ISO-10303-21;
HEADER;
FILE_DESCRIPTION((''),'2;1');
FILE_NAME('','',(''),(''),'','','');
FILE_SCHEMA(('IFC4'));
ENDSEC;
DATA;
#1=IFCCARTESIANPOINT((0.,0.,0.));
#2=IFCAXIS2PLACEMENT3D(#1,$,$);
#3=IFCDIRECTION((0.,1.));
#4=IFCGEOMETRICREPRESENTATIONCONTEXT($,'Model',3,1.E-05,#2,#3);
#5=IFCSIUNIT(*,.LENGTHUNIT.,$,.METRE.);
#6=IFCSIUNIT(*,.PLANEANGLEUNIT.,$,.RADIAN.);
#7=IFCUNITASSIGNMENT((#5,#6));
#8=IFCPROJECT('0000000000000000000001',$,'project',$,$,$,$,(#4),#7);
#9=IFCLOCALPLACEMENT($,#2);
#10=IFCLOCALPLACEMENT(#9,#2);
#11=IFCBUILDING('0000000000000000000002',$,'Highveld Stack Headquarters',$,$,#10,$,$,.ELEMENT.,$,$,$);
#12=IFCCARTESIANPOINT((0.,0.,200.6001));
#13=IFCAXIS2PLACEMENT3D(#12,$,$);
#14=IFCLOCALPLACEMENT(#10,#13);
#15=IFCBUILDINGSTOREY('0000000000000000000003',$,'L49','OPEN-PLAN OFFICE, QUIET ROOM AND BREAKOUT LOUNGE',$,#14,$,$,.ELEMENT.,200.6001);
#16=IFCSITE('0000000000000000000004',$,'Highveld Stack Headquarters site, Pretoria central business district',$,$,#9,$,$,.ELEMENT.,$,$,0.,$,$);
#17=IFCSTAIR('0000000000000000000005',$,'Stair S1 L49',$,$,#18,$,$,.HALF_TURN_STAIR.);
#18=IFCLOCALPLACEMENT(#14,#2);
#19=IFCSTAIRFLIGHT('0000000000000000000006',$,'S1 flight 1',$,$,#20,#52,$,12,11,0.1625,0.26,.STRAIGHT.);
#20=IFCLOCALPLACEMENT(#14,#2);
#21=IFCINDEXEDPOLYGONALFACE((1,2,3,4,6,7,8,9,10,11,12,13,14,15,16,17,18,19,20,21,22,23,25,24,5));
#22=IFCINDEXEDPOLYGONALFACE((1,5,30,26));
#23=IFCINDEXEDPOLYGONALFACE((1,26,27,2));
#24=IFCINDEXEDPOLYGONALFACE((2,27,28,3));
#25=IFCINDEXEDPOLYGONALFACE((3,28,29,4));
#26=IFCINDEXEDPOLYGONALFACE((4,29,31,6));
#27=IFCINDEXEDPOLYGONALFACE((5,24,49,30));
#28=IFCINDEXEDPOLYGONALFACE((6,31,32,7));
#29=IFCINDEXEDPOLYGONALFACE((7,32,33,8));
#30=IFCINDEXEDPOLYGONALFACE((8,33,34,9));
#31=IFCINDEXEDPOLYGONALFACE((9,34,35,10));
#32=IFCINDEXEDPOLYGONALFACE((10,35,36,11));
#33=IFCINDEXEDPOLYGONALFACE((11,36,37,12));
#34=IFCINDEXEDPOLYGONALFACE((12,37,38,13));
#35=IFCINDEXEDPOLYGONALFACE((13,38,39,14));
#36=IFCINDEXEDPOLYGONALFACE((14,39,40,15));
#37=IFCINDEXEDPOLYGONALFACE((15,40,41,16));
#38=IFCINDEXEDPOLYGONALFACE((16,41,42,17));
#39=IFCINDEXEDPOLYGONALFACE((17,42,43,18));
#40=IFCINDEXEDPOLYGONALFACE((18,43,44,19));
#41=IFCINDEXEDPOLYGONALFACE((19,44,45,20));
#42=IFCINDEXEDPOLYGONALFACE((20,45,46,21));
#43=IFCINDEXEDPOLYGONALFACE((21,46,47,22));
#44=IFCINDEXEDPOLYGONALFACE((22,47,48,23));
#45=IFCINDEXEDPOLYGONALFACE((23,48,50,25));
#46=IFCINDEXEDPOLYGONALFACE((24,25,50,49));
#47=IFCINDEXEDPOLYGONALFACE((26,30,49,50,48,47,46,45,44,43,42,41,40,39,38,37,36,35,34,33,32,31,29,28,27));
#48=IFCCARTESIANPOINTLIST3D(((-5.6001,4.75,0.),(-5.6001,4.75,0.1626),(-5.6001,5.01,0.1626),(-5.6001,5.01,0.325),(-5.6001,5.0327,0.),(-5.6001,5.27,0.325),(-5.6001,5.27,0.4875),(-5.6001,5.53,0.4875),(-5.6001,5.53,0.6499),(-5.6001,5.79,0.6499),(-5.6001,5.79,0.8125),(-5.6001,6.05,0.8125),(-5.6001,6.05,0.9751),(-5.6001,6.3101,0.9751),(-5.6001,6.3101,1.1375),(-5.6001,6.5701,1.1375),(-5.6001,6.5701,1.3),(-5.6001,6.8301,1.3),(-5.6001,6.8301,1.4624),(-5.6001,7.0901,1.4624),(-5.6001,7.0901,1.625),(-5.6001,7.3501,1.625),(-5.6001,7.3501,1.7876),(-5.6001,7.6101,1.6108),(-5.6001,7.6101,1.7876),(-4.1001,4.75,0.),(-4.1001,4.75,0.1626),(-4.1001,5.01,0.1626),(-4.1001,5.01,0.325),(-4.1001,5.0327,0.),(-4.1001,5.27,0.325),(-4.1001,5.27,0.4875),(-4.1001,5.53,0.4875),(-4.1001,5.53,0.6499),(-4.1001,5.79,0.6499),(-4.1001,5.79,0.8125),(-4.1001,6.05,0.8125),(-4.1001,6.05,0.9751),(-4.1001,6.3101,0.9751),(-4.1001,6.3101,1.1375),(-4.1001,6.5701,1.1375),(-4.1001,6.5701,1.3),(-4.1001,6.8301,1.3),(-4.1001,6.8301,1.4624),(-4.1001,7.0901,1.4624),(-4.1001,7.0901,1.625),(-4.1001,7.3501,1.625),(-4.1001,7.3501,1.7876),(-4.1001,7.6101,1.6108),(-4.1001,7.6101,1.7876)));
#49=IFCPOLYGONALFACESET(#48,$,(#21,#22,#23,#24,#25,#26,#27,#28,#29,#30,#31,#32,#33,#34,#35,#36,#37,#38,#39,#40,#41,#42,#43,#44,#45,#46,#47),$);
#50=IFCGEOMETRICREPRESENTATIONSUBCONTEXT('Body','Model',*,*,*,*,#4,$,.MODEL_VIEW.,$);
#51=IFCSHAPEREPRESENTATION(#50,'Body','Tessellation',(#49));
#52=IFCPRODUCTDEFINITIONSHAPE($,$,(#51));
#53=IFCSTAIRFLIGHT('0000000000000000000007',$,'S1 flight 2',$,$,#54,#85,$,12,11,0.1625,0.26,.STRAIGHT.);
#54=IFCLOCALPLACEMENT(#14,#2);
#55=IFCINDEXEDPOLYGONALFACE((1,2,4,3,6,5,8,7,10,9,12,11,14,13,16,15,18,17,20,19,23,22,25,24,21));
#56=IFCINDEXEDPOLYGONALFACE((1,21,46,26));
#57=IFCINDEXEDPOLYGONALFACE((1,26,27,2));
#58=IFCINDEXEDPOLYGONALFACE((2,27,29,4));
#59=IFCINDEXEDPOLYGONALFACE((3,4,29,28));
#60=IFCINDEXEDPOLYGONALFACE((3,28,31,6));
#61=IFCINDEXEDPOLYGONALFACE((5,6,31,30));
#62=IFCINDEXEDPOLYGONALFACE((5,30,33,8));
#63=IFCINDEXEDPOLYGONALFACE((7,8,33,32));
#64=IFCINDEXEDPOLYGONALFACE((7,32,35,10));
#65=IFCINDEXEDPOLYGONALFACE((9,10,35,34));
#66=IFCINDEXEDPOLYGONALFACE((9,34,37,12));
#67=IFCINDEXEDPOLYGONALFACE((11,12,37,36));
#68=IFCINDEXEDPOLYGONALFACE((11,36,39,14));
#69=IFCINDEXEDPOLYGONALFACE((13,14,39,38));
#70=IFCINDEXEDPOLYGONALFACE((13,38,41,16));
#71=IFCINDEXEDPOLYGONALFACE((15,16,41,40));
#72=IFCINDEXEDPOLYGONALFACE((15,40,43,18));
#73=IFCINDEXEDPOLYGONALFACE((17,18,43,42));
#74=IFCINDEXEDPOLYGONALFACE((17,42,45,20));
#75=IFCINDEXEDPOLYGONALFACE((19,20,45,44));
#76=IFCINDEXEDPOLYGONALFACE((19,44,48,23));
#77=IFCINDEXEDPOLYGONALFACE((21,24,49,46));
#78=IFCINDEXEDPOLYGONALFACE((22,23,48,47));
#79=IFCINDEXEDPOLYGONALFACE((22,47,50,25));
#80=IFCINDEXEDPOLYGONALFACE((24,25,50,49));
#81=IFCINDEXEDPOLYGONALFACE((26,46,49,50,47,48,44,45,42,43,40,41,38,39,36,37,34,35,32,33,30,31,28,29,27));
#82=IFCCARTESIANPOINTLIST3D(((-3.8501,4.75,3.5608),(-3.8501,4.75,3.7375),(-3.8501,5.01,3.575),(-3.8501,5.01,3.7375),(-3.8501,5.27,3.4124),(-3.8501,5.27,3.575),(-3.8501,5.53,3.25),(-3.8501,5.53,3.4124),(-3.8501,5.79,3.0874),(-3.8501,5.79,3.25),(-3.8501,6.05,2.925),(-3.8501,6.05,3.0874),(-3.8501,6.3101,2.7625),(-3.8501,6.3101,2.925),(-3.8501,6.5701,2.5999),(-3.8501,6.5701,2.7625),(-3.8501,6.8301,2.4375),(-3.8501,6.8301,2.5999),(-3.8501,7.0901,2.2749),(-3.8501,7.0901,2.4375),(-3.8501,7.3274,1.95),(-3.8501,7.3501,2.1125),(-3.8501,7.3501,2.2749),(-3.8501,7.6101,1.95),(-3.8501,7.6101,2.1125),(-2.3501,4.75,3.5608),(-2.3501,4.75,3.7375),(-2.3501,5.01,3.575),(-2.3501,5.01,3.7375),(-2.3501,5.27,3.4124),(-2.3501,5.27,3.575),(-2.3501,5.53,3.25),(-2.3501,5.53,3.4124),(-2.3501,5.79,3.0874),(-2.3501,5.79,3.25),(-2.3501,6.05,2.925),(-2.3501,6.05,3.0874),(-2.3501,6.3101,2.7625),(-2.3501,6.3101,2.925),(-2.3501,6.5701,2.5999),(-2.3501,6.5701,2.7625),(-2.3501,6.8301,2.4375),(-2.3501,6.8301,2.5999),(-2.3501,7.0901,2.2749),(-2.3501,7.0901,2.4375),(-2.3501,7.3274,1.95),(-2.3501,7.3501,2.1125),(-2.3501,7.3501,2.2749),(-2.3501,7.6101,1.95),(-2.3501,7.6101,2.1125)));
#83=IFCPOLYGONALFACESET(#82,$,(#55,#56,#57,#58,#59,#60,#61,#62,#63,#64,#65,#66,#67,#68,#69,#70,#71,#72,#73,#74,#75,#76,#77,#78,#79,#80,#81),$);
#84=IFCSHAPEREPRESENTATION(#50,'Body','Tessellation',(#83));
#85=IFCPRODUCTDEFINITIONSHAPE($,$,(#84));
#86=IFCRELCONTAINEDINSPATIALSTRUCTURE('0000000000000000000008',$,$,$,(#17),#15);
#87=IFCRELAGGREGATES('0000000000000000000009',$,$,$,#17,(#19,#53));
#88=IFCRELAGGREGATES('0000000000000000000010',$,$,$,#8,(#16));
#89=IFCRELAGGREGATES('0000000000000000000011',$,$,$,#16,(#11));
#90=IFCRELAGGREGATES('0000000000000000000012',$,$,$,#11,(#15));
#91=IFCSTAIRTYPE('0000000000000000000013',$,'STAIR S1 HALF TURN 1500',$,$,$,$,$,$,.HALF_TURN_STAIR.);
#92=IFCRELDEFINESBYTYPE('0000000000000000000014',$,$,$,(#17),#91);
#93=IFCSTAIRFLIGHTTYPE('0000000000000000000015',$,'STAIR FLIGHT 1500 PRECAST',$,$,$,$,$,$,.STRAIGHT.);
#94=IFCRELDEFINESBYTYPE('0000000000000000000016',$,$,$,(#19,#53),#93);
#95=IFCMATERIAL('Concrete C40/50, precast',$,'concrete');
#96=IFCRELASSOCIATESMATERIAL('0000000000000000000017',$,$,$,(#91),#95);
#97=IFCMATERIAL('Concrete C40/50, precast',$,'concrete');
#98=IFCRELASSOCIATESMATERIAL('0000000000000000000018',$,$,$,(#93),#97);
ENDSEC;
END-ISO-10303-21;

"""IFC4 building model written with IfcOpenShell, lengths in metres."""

from ifc_helpers import new_model, si_unit, direction, frame, origin, place, context, subcontext, project, spatial, polyline, outline, extrude, material, type_object, element, aggregate, save


model = new_model("IFC4")

# Units and contexts
model_context = context("Model", 3, precision=1e-05, world=origin(), true_north=direction((0.0, 1.0)))
body_context = subcontext(model_context, "Body", "Model", "MODEL_VIEW")
ifc_project = project(units=[si_unit("LENGTHUNIT", "METRE"), si_unit("PLANEANGLEUNIT", "RADIAN")], contexts=[model_context])

# Site, building, storey
site_placement = place(None, origin())
site = spatial("IfcSite", under=ifc_project, at=site_placement, Name="Highveld Stack Headquarters site, Pretoria central business district", CompositionType="ELEMENT", RefElevation=0.0)
building_placement = place(site_placement, origin())
building = spatial("IfcBuilding", under=site, at=building_placement, Name="Highveld Stack Headquarters", CompositionType="ELEMENT")
storey_placement = place(building_placement, frame((0.0, 0.0, 200.6001)))
storey = spatial("IfcBuildingStorey", under=building, at=storey_placement, Name="L49", Description="OPEN-PLAN OFFICE, QUIET ROOM AND BREAKOUT LOUNGE", CompositionType="ELEMENT", Elevation=200.6001)

# Stair, stair flights
ifc_material_1 = material(Name="Concrete C40/50, precast", Category="concrete")
stair_type = type_object("IfcStairType", Name="STAIR S1 HALF TURN 1500", PredefinedType="HALF_TURN_STAIR", material=ifc_material_1)
stair_placement = place(storey_placement, origin())
stair = element("IfcStair", 1, at=stair_placement, inside=storey, type_object=stair_type, Name="Stair S1 L49", PredefinedType="HALF_TURN_STAIR")
ifc_material_2 = material(Name="Concrete C40/50, precast", Category="concrete")
stair_flight_type = type_object("IfcStairFlightType", Name="STAIR FLIGHT 1500 PRECAST", PredefinedType="STRAIGHT", material=ifc_material_2)
stair_flight_1_placement = place(storey_placement, frame((-4.8501, 4.75, 0.0), z_axis=(0.0, 0.0, 1.0), x_axis=(0.0, 1.0, 0.0)))
stair_flight_1 = element("IfcStairFlight", 2, at=stair_flight_1_placement, type_object=stair_flight_type, Name="S1 flight 1", NumberOfRisers=12, NumberOfTreads=11, PredefinedType="STRAIGHT", RiserHeight=0.1625, TreadLength=0.26, context=body_context, shape_type="SweptSolid", body=[
    extrude(outline(polyline([(0.0, 0.0), (0.0, 0.1626), (0.26, 0.1626), (0.26, 0.325), (0.52, 0.325), (0.52, 0.4875), (0.78, 0.4875), (0.78, 0.6499), (1.04, 0.6499), (1.04, 0.8125), (1.3, 0.8125), (1.3, 0.9751), (1.5601, 0.9751), (1.5601, 1.1375), (1.8201, 1.1375), (1.8201, 1.3), (2.0801, 1.3), (2.0801, 1.4624), (2.3401, 1.4624), (2.3401, 1.625), (2.6001, 1.625), (2.6001, 1.7876), (2.8601, 1.7876), (2.8601, 1.95), (2.8601, 1.6108), (0.2827, 0.0), (0.0, 0.0)])), frame((0.0, 0.75, 0.0), z_axis=(0.0, -1.0, 0.0), x_axis=(1.0, 0.0, 0.0)), (0.0, 0.0, 1.0), 1.5),
])
stair_flight_2_placement = place(storey_placement, frame((-3.1001, 7.6101, 1.95), z_axis=(0.0, 0.0, 1.0), x_axis=(0.0, -1.0, 0.0)))
stair_flight_2 = element("IfcStairFlight", 3, at=stair_flight_2_placement, type_object=stair_flight_type, Name="S1 flight 2", NumberOfRisers=12, NumberOfTreads=11, PredefinedType="STRAIGHT", RiserHeight=0.1625, TreadLength=0.26, context=body_context, shape_type="SweptSolid", body=[
    extrude(outline(polyline([(0.0, 0.0), (0.0, 0.1626), (0.26, 0.1626), (0.26, 0.325), (0.52, 0.325), (0.52, 0.4875), (0.78, 0.4875), (0.78, 0.6499), (1.04, 0.6499), (1.04, 0.8125), (1.3, 0.8125), (1.3, 0.9751), (1.5601, 0.9751), (1.5601, 1.1375), (1.8201, 1.1375), (1.8201, 1.3), (2.0801, 1.3), (2.0801, 1.4624), (2.3401, 1.4624), (2.3401, 1.625), (2.6001, 1.625), (2.6001, 1.7876), (2.8601, 1.7876), (2.8601, 1.95), (2.8601, 1.6108), (0.2827, 0.0), (0.0, 0.0)])), frame((0.0, 0.75, 0.0), z_axis=(0.0, -1.0, 0.0), x_axis=(1.0, 0.0, 0.0)), (0.0, 0.0, 1.0), 1.5),
])
aggregate(stair, [stair_flight_1, stair_flight_2])

save(model, "model.ifc")
